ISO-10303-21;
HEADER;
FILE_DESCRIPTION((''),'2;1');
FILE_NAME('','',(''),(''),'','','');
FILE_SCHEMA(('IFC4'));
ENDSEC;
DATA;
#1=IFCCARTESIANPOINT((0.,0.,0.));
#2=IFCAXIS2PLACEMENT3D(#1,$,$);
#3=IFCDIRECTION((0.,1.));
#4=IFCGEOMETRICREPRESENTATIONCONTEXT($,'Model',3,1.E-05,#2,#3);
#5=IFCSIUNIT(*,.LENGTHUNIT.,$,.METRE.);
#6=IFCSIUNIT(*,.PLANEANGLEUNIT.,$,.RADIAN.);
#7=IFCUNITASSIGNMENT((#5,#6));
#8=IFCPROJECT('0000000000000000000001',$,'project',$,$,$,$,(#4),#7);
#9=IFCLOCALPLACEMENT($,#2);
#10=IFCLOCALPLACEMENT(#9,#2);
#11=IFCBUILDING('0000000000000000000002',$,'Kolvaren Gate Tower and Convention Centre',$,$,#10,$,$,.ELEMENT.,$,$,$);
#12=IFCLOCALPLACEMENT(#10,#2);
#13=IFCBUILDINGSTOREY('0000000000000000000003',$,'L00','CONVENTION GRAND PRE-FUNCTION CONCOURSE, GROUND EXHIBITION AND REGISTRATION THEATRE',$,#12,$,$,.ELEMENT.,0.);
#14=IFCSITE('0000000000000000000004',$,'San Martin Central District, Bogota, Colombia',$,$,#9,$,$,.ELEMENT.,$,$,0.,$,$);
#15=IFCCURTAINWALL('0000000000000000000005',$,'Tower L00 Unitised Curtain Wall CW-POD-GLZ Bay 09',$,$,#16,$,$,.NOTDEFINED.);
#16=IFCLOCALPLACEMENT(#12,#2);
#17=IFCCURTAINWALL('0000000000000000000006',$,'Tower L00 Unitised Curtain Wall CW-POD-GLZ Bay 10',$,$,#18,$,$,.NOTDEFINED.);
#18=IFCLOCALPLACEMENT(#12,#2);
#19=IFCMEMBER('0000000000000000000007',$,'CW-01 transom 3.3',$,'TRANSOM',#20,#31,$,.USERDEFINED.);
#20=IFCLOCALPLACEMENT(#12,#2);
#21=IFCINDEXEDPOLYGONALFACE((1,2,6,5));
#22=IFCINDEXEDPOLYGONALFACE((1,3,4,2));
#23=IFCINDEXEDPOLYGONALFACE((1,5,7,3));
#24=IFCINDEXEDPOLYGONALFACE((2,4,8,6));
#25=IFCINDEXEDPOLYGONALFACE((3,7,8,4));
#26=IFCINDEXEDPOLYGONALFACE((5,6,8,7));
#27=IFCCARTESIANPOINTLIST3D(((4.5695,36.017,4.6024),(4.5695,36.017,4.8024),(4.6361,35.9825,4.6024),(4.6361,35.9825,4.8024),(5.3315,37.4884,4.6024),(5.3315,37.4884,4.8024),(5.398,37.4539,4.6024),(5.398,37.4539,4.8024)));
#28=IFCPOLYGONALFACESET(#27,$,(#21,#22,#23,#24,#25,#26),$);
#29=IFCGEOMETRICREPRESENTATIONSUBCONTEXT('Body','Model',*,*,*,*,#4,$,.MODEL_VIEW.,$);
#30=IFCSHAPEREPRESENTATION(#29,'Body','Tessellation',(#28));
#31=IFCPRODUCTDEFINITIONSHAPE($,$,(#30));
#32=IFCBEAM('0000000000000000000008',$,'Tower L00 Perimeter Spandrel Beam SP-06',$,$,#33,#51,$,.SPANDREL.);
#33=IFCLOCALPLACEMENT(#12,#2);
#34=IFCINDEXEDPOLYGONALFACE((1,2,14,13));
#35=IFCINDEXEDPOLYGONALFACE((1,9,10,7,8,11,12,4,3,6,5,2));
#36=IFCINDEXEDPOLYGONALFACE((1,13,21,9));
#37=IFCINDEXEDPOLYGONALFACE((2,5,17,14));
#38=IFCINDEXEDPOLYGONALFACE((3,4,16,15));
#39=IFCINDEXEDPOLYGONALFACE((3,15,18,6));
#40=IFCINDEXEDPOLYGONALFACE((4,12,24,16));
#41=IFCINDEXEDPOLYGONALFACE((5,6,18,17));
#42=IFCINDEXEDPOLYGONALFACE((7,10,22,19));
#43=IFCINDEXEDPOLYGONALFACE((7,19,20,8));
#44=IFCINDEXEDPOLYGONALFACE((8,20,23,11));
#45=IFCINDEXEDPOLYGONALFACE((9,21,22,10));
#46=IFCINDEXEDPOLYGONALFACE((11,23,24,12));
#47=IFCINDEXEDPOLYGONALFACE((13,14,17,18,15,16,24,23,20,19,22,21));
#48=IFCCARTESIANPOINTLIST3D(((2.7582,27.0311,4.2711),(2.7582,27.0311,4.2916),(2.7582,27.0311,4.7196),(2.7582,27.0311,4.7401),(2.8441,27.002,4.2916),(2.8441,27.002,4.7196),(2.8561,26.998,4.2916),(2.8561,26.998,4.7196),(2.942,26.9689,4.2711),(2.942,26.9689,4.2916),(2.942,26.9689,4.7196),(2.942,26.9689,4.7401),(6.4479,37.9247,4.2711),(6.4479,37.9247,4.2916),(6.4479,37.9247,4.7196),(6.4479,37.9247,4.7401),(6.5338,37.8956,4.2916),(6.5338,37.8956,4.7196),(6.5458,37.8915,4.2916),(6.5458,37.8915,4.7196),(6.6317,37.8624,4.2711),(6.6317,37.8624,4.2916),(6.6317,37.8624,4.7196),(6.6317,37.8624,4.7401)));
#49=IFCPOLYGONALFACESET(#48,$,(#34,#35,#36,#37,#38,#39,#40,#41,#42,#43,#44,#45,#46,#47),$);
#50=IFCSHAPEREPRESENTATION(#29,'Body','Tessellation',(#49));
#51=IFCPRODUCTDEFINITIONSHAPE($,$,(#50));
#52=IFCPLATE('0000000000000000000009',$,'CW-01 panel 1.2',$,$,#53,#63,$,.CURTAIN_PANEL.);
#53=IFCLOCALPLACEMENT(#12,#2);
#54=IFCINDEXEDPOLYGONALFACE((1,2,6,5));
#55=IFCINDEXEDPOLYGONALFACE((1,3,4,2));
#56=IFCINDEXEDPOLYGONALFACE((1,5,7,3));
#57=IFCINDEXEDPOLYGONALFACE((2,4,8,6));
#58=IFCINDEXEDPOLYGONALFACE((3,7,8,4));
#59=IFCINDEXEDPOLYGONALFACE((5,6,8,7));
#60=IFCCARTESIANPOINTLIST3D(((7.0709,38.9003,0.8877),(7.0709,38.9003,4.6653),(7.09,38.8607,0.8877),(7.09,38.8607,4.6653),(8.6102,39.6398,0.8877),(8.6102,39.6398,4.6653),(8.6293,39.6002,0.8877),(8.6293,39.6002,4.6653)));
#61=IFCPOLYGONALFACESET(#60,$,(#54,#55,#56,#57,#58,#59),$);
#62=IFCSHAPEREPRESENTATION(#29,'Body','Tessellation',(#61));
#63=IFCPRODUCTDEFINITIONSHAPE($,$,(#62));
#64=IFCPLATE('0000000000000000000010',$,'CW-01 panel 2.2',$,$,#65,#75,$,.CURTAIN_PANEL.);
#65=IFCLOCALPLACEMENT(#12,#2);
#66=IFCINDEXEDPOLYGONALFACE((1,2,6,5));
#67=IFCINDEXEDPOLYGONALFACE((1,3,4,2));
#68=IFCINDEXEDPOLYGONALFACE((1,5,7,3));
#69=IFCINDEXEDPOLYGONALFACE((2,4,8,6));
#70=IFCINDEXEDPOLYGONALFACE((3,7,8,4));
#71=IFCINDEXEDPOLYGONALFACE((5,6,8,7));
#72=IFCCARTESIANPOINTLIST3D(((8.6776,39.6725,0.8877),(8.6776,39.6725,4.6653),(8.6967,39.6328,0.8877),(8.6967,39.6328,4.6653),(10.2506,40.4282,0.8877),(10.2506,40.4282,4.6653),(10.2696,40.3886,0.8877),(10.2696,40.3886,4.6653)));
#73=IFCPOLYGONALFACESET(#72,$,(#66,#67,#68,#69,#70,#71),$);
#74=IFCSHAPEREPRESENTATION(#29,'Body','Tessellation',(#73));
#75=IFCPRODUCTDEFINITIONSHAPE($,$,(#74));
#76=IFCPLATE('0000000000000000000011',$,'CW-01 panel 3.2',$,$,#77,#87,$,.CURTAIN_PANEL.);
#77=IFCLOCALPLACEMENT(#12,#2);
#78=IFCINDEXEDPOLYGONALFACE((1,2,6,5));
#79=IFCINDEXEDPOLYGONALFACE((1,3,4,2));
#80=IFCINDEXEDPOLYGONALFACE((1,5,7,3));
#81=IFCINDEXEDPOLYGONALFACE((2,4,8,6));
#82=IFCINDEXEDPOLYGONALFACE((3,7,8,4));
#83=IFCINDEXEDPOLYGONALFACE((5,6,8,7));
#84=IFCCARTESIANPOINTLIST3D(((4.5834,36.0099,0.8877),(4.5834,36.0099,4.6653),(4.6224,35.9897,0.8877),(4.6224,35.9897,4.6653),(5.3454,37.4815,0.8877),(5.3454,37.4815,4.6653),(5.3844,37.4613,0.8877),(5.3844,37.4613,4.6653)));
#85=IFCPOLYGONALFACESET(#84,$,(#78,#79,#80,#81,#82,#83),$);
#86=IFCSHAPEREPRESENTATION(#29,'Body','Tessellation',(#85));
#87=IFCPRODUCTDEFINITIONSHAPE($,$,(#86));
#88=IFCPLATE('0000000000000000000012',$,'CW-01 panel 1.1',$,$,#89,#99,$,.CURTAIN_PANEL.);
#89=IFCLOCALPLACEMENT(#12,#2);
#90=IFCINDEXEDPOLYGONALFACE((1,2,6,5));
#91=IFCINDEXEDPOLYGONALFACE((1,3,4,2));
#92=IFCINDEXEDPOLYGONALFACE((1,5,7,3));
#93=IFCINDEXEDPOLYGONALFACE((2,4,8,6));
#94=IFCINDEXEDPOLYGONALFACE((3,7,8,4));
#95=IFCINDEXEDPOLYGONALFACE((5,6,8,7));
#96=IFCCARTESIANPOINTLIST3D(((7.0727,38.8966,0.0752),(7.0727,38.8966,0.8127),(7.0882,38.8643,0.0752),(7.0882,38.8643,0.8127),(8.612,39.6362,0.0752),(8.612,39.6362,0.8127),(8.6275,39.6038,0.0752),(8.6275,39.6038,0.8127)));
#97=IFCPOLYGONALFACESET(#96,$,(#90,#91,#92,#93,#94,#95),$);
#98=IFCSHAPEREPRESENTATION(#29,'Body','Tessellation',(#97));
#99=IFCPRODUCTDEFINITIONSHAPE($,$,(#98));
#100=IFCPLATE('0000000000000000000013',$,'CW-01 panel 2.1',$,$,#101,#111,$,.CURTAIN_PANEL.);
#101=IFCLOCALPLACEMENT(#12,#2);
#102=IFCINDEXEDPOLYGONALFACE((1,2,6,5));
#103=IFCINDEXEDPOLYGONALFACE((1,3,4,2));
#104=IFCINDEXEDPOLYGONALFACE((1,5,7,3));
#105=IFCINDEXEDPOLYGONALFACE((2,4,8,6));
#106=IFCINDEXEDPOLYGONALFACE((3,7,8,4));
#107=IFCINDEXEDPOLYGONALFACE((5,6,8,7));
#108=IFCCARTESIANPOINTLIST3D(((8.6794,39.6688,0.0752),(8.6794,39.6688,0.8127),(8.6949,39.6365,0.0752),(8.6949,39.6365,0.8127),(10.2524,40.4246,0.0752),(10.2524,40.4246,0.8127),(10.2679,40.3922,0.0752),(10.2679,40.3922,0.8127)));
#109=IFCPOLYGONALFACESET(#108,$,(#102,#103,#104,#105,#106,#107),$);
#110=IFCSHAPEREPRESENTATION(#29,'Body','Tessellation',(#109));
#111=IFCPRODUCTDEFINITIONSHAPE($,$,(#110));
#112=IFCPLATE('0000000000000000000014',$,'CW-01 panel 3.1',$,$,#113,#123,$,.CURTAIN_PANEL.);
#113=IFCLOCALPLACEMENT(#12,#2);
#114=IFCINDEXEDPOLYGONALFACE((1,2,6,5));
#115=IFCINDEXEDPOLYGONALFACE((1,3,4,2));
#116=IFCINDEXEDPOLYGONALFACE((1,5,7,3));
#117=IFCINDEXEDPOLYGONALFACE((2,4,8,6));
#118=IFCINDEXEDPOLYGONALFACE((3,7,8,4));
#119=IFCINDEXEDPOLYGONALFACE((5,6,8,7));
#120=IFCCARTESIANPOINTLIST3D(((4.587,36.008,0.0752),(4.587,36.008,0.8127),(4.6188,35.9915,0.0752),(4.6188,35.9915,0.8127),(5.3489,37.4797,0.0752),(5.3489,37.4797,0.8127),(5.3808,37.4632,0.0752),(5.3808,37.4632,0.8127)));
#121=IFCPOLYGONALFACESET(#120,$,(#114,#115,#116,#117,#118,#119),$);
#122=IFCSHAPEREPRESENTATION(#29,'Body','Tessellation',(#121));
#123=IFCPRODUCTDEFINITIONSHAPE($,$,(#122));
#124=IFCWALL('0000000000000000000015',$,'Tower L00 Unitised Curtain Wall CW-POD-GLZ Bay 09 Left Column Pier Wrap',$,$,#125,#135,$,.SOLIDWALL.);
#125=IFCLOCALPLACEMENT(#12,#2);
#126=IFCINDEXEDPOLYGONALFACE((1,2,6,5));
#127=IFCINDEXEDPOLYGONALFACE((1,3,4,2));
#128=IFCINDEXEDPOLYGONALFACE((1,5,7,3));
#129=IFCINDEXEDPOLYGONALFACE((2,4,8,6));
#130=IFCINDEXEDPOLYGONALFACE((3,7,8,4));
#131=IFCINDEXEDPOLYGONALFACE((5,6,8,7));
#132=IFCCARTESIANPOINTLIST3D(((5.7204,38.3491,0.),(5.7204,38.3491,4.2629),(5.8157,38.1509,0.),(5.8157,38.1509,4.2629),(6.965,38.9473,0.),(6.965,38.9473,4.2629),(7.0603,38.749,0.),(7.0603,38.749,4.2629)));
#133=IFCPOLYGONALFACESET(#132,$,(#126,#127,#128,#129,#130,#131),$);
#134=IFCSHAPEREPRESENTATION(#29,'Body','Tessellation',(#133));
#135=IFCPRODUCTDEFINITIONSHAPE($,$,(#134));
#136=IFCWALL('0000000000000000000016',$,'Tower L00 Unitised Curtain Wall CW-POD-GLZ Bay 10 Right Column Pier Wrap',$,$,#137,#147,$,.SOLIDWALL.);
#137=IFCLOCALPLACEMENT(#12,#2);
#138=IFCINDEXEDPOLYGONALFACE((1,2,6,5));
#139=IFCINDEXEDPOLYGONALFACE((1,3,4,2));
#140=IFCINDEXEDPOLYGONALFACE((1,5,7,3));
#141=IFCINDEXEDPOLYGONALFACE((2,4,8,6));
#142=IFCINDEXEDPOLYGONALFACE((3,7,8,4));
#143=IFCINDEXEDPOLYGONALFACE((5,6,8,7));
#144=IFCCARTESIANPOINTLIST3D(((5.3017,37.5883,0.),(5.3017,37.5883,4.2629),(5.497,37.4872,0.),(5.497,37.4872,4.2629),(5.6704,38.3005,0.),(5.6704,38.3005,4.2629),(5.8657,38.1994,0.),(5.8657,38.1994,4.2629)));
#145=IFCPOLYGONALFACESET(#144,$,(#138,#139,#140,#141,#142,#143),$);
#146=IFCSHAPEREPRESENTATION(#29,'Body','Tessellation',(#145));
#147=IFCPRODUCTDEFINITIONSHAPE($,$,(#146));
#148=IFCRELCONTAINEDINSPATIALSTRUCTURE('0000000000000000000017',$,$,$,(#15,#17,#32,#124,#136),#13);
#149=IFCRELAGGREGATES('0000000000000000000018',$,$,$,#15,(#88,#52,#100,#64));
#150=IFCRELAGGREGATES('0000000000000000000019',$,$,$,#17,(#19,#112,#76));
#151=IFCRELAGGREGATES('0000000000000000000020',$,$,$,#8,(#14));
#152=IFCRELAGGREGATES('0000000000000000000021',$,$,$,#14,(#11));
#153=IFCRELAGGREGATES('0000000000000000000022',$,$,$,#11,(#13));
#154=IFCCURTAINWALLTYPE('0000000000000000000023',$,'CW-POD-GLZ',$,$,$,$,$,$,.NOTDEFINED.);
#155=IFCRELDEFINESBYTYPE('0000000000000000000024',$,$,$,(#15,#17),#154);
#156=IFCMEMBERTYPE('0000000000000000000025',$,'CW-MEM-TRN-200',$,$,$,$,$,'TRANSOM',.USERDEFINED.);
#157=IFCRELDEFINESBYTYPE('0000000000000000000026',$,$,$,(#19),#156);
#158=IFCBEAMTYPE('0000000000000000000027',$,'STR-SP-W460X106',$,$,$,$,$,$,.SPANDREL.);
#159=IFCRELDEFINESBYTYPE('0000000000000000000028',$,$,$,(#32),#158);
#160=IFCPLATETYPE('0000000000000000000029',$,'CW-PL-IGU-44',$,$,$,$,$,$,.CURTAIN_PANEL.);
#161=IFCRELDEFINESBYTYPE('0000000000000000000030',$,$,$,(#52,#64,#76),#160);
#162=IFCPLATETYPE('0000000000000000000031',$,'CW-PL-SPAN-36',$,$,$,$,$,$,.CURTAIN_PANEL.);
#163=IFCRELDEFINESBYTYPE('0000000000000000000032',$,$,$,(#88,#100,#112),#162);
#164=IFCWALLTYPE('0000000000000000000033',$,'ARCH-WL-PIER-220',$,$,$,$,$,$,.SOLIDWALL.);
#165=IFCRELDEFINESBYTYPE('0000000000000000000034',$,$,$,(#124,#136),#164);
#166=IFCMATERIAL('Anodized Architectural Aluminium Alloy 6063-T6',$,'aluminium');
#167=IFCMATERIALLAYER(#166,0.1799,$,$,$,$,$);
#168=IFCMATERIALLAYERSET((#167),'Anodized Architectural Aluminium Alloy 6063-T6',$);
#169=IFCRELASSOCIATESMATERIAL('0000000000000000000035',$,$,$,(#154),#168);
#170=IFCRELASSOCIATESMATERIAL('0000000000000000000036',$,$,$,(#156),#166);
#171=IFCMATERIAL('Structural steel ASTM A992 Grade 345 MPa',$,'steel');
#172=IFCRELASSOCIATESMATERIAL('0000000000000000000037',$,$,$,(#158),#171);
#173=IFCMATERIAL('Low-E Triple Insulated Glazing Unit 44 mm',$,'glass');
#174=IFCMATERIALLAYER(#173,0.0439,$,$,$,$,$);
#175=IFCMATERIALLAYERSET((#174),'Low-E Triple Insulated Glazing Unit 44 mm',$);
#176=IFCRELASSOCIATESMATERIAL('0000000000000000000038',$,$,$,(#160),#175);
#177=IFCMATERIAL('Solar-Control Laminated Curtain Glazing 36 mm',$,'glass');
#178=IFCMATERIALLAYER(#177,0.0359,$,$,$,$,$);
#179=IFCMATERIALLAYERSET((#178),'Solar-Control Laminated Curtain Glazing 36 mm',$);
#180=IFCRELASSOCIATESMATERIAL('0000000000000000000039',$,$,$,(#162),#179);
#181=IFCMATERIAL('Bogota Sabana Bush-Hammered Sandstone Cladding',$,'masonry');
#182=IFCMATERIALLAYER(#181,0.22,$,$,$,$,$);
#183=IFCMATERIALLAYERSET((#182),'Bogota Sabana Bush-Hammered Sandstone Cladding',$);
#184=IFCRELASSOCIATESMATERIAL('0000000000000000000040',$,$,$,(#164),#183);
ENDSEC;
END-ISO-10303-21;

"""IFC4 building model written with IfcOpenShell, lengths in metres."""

from ifc_helpers import new_model, si_unit, direction, frame, frame_2d, origin, origin_2d, place, context, subcontext, project, spatial, rectangle, i_section, extrude, material, layer, layer_set, material_profile, profile_set, type_object, element, aggregate, save


model = new_model("IFC4")

# Units and contexts
model_context = context("Model", 3, precision=1e-05, world=origin(), true_north=direction((0.0, 1.0)))
body_context = subcontext(model_context, "Body", "Model", "MODEL_VIEW")
ifc_project = project(units=[si_unit("LENGTHUNIT", "METRE"), si_unit("PLANEANGLEUNIT", "RADIAN")], contexts=[model_context])

# Site, building, storey
site_placement = place(None, origin())
site = spatial("IfcSite", under=ifc_project, at=site_placement, Name="San Martin Central District, Bogota, Colombia", CompositionType="ELEMENT", RefElevation=0.0)
building_placement = place(site_placement, origin())
building = spatial("IfcBuilding", under=site, at=building_placement, Name="Kolvaren Gate Tower and Convention Centre", CompositionType="ELEMENT")
storey_placement = place(building_placement, origin())
storey = spatial("IfcBuildingStorey", under=building, at=storey_placement, Name="L00", Description="CONVENTION GRAND PRE-FUNCTION CONCOURSE, GROUND EXHIBITION AND REGISTRATION THEATRE", CompositionType="ELEMENT", Elevation=0.0)

# Curtain wall
ifc_material_1 = material(Name="Anodized Architectural Aluminium Alloy 6063-T6", Category="aluminium")
ifc_layer_1 = layer(ifc_material_1, 0.1799)
ifc_layer_set_1 = layer_set([ifc_layer_1], Name="Anodized Architectural Aluminium Alloy 6063-T6")
curtain_wall_type = type_object("IfcCurtainWallType", Name="CW-POD-GLZ", PredefinedType="NOTDEFINED", material=ifc_layer_set_1)
curtain_wall_1_placement = place(storey_placement, origin())
curtain_wall_1 = element("IfcCurtainWall", 1, at=curtain_wall_1_placement, inside=storey, type_object=curtain_wall_type, Name="Tower L00 Unitised Curtain Wall CW-POD-GLZ Bay 09", PredefinedType="NOTDEFINED")

# Curtain wall
curtain_wall_2_placement = place(storey_placement, origin())
curtain_wall_2 = element("IfcCurtainWall", 2, at=curtain_wall_2_placement, inside=storey, type_object=curtain_wall_type, Name="Tower L00 Unitised Curtain Wall CW-POD-GLZ Bay 10", PredefinedType="NOTDEFINED")

# Member
ifc_material_profile_1 = material_profile(ifc_material_1, rectangle(XDim=0.075, YDim=0.2, at=origin_2d()), Name="CW-MEM-TRN-200")
ifc_profile_set_1 = profile_set([ifc_material_profile_1], Name="Anodized Architectural Aluminium Alloy 6063-T6")
member_type_1 = type_object("IfcMemberType", Name="CW-MEM-TRN-200", ElementType="TRANSOM", PredefinedType="USERDEFINED", material=ifc_profile_set_1)
member_1_placement = place(storey_placement, frame((4.6028, 35.9998, 4.7024), z_axis=(0.45984, 0.888002, 0.0), x_axis=(-0.888002, 0.45984, 0.0)))
member_1 = element("IfcMember", 3, at=member_1_placement, type_object=member_type_1, Name="CW-01 transom 3.3", ObjectType="TRANSOM", PredefinedType="USERDEFINED", context=body_context, shape_type="SweptSolid", body=[
    extrude(rectangle(XDim=0.075, YDim=0.2, at=origin_2d()), origin(), (0.0, 0.0, 1.0), 1.657),
])

# Beam
ifc_material_2 = material(Name="Structural steel ASTM A992 Grade 345 MPa", Category="steel")
ifc_material_profile_2 = material_profile(ifc_material_2, i_section(OverallWidth=0.1941, OverallDepth=0.469, WebThickness=0.0127, FlangeThickness=0.0205, at=origin_2d()), Name="W460X106")
ifc_profile_set_2 = profile_set([ifc_material_profile_2], Name="Structural steel ASTM A992 Grade 345 MPa")
beam_type = type_object("IfcBeamType", Name="STR-SP-W460X106", PredefinedType="SPANDREL", material=ifc_profile_set_2)
beam_placement = place(storey_placement, frame((6.5398, 37.8936, 4.5056), z_axis=(-0.320803, -0.947146, 0.0), x_axis=(0.947146, -0.320803, 0.0)))
element("IfcBeam", 4, at=beam_placement, inside=storey, type_object=beam_type, Name="Tower L00 Perimeter Spandrel Beam SP-06", PredefinedType="SPANDREL", context=body_context, shape_type="SweptSolid", body=[
    extrude(i_section(OverallWidth=0.1941, OverallDepth=0.469, WebThickness=0.0127, FlangeThickness=0.0205, at=origin_2d()), origin(), (0.0, 0.0, 1.0), 11.5015),
])

# Plates
ifc_material_3 = material(Name="Low-E Triple Insulated Glazing Unit 44 mm", Category="glass")
ifc_layer_2 = layer(ifc_material_3, 0.0439)
ifc_layer_set_2 = layer_set([ifc_layer_2], Name="Low-E Triple Insulated Glazing Unit 44 mm")
plate_type_1 = type_object("IfcPlateType", Name="CW-PL-IGU-44", PredefinedType="CURTAIN_PANEL", material=ifc_layer_set_2)
plate_1_placement = place(storey_placement, frame((7.8501, 39.2502, 0.8877), z_axis=(0.0, 0.0, 1.0), x_axis=(0.901367, 0.433057, 0.0)))
plate_1 = element("IfcPlate", 5, at=plate_1_placement, type_object=plate_type_1, Name="CW-01 panel 1.2", PredefinedType="CURTAIN_PANEL", context=body_context, shape_type="SweptSolid", body=[
    extrude(rectangle(XDim=1.7078, YDim=0.0439, at=origin_2d()), origin(), (0.0, 0.0, 1.0), 3.7776),
])
plate_2_placement = place(storey_placement, frame((9.4736, 40.0305, 0.8877), z_axis=(0.0, 0.0, 1.0), x_axis=(0.901367, 0.433057, 0.0)))
plate_2 = element("IfcPlate", 6, at=plate_2_placement, type_object=plate_type_1, Name="CW-01 panel 2.2", PredefinedType="CURTAIN_PANEL", context=body_context, shape_type="SweptSolid", body=[
    extrude(rectangle(XDim=1.7451, YDim=0.0439, at=origin_2d()), origin(), (0.0, 0.0, 1.0), 3.7776),
])
plate_3_placement = place(storey_placement, frame((4.9839, 36.7356, 0.8877), z_axis=(0.0, 0.0, 1.0), x_axis=(0.459789, 0.888028, 0.0)))
plate_3 = element("IfcPlate", 7, at=plate_3_placement, type_object=plate_type_1, Name="CW-01 panel 3.2", PredefinedType="CURTAIN_PANEL", context=body_context, shape_type="SweptSolid", body=[
    extrude(rectangle(XDim=1.6572, YDim=0.0439, at=origin_2d()), origin(), (0.0, 0.0, 1.0), 3.7776),
])
ifc_material_4 = material(Name="Solar-Control Laminated Curtain Glazing 36 mm", Category="glass")
ifc_layer_3 = layer(ifc_material_4, 0.0359)
ifc_layer_set_3 = layer_set([ifc_layer_3], Name="Solar-Control Laminated Curtain Glazing 36 mm")
plate_type_2 = type_object("IfcPlateType", Name="CW-PL-SPAN-36", PredefinedType="CURTAIN_PANEL", material=ifc_layer_set_3)
plate_4_placement = place(storey_placement, frame((7.8501, 39.2502, 0.0752), z_axis=(0.0, 0.0, 1.0), x_axis=(0.901367, 0.433057, 0.0)))
plate_4 = element("IfcPlate", 8, at=plate_4_placement, type_object=plate_type_2, Name="CW-01 panel 1.1", PredefinedType="CURTAIN_PANEL", context=body_context, shape_type="SweptSolid", body=[
    extrude(rectangle(XDim=1.7078, YDim=0.0359, at=origin_2d()), origin(), (0.0, 0.0, 1.0), 0.7375),
])
plate_5_placement = place(storey_placement, frame((9.4736, 40.0305, 0.0752), z_axis=(0.0, 0.0, 1.0), x_axis=(0.901367, 0.433057, 0.0)))
plate_5 = element("IfcPlate", 9, at=plate_5_placement, type_object=plate_type_2, Name="CW-01 panel 2.1", PredefinedType="CURTAIN_PANEL", context=body_context, shape_type="SweptSolid", body=[
    extrude(rectangle(XDim=1.7451, YDim=0.0359, at=origin_2d()), origin(), (0.0, 0.0, 1.0), 0.7375),
])
aggregate(curtain_wall_1, [plate_4, plate_1, plate_5, plate_2])
plate_6_placement = place(storey_placement, frame((4.9839, 36.7356, 0.0752), z_axis=(0.0, 0.0, 1.0), x_axis=(0.459789, 0.888028, 0.0)))
plate_6 = element("IfcPlate", 10, at=plate_6_placement, type_object=plate_type_2, Name="CW-01 panel 3.1", PredefinedType="CURTAIN_PANEL", context=body_context, shape_type="SweptSolid", body=[
    extrude(rectangle(XDim=1.6572, YDim=0.0359, at=origin_2d()), origin(), (0.0, 0.0, 1.0), 0.7375),
])
aggregate(curtain_wall_2, [member_1, plate_6, plate_3])

# Walls
ifc_material_5 = material(Name="Bogota Sabana Bush-Hammered Sandstone Cladding", Category="masonry")
ifc_layer_4 = layer(ifc_material_5, 0.22)
ifc_layer_set_4 = layer_set([ifc_layer_4], Name="Bogota Sabana Bush-Hammered Sandstone Cladding")
wall_type = type_object("IfcWallType", Name="ARCH-WL-PIER-220", PredefinedType="SOLIDWALL", material=ifc_layer_set_4)
wall_1_placement = place(storey_placement, frame((5.7681, 38.25, 0.0), z_axis=(0.0, 0.0, 1.0), x_axis=(0.901319, 0.433156, 0.0)))
element("IfcWall", 11, at=wall_1_placement, inside=storey, type_object=wall_type, Name="Tower L00 Unitised Curtain Wall CW-POD-GLZ Bay 09 Left Column Pier Wrap", PredefinedType="SOLIDWALL", context=body_context, shape_type="SweptSolid", body=[
    extrude(rectangle(XDim=1.3809, YDim=0.22, at=frame_2d((0.6904, 0.0))), origin(), (0.0, 0.0, 1.0), 4.2629),
])
wall_2_placement = place(storey_placement, frame((5.3994, 37.5378, 0.0), z_axis=(0.0, 0.0, 1.0), x_axis=(0.459713, 0.888068, 0.0)))
element("IfcWall", 12, at=wall_2_placement, inside=storey, type_object=wall_type, Name="Tower L00 Unitised Curtain Wall CW-POD-GLZ Bay 10 Right Column Pier Wrap", PredefinedType="SOLIDWALL", context=body_context, shape_type="SweptSolid", body=[
    extrude(rectangle(XDim=0.802, YDim=0.22, at=frame_2d((0.4009, 0.0))), origin(), (0.0, 0.0, 1.0), 4.2629),
])

save(model, "model.ifc")
